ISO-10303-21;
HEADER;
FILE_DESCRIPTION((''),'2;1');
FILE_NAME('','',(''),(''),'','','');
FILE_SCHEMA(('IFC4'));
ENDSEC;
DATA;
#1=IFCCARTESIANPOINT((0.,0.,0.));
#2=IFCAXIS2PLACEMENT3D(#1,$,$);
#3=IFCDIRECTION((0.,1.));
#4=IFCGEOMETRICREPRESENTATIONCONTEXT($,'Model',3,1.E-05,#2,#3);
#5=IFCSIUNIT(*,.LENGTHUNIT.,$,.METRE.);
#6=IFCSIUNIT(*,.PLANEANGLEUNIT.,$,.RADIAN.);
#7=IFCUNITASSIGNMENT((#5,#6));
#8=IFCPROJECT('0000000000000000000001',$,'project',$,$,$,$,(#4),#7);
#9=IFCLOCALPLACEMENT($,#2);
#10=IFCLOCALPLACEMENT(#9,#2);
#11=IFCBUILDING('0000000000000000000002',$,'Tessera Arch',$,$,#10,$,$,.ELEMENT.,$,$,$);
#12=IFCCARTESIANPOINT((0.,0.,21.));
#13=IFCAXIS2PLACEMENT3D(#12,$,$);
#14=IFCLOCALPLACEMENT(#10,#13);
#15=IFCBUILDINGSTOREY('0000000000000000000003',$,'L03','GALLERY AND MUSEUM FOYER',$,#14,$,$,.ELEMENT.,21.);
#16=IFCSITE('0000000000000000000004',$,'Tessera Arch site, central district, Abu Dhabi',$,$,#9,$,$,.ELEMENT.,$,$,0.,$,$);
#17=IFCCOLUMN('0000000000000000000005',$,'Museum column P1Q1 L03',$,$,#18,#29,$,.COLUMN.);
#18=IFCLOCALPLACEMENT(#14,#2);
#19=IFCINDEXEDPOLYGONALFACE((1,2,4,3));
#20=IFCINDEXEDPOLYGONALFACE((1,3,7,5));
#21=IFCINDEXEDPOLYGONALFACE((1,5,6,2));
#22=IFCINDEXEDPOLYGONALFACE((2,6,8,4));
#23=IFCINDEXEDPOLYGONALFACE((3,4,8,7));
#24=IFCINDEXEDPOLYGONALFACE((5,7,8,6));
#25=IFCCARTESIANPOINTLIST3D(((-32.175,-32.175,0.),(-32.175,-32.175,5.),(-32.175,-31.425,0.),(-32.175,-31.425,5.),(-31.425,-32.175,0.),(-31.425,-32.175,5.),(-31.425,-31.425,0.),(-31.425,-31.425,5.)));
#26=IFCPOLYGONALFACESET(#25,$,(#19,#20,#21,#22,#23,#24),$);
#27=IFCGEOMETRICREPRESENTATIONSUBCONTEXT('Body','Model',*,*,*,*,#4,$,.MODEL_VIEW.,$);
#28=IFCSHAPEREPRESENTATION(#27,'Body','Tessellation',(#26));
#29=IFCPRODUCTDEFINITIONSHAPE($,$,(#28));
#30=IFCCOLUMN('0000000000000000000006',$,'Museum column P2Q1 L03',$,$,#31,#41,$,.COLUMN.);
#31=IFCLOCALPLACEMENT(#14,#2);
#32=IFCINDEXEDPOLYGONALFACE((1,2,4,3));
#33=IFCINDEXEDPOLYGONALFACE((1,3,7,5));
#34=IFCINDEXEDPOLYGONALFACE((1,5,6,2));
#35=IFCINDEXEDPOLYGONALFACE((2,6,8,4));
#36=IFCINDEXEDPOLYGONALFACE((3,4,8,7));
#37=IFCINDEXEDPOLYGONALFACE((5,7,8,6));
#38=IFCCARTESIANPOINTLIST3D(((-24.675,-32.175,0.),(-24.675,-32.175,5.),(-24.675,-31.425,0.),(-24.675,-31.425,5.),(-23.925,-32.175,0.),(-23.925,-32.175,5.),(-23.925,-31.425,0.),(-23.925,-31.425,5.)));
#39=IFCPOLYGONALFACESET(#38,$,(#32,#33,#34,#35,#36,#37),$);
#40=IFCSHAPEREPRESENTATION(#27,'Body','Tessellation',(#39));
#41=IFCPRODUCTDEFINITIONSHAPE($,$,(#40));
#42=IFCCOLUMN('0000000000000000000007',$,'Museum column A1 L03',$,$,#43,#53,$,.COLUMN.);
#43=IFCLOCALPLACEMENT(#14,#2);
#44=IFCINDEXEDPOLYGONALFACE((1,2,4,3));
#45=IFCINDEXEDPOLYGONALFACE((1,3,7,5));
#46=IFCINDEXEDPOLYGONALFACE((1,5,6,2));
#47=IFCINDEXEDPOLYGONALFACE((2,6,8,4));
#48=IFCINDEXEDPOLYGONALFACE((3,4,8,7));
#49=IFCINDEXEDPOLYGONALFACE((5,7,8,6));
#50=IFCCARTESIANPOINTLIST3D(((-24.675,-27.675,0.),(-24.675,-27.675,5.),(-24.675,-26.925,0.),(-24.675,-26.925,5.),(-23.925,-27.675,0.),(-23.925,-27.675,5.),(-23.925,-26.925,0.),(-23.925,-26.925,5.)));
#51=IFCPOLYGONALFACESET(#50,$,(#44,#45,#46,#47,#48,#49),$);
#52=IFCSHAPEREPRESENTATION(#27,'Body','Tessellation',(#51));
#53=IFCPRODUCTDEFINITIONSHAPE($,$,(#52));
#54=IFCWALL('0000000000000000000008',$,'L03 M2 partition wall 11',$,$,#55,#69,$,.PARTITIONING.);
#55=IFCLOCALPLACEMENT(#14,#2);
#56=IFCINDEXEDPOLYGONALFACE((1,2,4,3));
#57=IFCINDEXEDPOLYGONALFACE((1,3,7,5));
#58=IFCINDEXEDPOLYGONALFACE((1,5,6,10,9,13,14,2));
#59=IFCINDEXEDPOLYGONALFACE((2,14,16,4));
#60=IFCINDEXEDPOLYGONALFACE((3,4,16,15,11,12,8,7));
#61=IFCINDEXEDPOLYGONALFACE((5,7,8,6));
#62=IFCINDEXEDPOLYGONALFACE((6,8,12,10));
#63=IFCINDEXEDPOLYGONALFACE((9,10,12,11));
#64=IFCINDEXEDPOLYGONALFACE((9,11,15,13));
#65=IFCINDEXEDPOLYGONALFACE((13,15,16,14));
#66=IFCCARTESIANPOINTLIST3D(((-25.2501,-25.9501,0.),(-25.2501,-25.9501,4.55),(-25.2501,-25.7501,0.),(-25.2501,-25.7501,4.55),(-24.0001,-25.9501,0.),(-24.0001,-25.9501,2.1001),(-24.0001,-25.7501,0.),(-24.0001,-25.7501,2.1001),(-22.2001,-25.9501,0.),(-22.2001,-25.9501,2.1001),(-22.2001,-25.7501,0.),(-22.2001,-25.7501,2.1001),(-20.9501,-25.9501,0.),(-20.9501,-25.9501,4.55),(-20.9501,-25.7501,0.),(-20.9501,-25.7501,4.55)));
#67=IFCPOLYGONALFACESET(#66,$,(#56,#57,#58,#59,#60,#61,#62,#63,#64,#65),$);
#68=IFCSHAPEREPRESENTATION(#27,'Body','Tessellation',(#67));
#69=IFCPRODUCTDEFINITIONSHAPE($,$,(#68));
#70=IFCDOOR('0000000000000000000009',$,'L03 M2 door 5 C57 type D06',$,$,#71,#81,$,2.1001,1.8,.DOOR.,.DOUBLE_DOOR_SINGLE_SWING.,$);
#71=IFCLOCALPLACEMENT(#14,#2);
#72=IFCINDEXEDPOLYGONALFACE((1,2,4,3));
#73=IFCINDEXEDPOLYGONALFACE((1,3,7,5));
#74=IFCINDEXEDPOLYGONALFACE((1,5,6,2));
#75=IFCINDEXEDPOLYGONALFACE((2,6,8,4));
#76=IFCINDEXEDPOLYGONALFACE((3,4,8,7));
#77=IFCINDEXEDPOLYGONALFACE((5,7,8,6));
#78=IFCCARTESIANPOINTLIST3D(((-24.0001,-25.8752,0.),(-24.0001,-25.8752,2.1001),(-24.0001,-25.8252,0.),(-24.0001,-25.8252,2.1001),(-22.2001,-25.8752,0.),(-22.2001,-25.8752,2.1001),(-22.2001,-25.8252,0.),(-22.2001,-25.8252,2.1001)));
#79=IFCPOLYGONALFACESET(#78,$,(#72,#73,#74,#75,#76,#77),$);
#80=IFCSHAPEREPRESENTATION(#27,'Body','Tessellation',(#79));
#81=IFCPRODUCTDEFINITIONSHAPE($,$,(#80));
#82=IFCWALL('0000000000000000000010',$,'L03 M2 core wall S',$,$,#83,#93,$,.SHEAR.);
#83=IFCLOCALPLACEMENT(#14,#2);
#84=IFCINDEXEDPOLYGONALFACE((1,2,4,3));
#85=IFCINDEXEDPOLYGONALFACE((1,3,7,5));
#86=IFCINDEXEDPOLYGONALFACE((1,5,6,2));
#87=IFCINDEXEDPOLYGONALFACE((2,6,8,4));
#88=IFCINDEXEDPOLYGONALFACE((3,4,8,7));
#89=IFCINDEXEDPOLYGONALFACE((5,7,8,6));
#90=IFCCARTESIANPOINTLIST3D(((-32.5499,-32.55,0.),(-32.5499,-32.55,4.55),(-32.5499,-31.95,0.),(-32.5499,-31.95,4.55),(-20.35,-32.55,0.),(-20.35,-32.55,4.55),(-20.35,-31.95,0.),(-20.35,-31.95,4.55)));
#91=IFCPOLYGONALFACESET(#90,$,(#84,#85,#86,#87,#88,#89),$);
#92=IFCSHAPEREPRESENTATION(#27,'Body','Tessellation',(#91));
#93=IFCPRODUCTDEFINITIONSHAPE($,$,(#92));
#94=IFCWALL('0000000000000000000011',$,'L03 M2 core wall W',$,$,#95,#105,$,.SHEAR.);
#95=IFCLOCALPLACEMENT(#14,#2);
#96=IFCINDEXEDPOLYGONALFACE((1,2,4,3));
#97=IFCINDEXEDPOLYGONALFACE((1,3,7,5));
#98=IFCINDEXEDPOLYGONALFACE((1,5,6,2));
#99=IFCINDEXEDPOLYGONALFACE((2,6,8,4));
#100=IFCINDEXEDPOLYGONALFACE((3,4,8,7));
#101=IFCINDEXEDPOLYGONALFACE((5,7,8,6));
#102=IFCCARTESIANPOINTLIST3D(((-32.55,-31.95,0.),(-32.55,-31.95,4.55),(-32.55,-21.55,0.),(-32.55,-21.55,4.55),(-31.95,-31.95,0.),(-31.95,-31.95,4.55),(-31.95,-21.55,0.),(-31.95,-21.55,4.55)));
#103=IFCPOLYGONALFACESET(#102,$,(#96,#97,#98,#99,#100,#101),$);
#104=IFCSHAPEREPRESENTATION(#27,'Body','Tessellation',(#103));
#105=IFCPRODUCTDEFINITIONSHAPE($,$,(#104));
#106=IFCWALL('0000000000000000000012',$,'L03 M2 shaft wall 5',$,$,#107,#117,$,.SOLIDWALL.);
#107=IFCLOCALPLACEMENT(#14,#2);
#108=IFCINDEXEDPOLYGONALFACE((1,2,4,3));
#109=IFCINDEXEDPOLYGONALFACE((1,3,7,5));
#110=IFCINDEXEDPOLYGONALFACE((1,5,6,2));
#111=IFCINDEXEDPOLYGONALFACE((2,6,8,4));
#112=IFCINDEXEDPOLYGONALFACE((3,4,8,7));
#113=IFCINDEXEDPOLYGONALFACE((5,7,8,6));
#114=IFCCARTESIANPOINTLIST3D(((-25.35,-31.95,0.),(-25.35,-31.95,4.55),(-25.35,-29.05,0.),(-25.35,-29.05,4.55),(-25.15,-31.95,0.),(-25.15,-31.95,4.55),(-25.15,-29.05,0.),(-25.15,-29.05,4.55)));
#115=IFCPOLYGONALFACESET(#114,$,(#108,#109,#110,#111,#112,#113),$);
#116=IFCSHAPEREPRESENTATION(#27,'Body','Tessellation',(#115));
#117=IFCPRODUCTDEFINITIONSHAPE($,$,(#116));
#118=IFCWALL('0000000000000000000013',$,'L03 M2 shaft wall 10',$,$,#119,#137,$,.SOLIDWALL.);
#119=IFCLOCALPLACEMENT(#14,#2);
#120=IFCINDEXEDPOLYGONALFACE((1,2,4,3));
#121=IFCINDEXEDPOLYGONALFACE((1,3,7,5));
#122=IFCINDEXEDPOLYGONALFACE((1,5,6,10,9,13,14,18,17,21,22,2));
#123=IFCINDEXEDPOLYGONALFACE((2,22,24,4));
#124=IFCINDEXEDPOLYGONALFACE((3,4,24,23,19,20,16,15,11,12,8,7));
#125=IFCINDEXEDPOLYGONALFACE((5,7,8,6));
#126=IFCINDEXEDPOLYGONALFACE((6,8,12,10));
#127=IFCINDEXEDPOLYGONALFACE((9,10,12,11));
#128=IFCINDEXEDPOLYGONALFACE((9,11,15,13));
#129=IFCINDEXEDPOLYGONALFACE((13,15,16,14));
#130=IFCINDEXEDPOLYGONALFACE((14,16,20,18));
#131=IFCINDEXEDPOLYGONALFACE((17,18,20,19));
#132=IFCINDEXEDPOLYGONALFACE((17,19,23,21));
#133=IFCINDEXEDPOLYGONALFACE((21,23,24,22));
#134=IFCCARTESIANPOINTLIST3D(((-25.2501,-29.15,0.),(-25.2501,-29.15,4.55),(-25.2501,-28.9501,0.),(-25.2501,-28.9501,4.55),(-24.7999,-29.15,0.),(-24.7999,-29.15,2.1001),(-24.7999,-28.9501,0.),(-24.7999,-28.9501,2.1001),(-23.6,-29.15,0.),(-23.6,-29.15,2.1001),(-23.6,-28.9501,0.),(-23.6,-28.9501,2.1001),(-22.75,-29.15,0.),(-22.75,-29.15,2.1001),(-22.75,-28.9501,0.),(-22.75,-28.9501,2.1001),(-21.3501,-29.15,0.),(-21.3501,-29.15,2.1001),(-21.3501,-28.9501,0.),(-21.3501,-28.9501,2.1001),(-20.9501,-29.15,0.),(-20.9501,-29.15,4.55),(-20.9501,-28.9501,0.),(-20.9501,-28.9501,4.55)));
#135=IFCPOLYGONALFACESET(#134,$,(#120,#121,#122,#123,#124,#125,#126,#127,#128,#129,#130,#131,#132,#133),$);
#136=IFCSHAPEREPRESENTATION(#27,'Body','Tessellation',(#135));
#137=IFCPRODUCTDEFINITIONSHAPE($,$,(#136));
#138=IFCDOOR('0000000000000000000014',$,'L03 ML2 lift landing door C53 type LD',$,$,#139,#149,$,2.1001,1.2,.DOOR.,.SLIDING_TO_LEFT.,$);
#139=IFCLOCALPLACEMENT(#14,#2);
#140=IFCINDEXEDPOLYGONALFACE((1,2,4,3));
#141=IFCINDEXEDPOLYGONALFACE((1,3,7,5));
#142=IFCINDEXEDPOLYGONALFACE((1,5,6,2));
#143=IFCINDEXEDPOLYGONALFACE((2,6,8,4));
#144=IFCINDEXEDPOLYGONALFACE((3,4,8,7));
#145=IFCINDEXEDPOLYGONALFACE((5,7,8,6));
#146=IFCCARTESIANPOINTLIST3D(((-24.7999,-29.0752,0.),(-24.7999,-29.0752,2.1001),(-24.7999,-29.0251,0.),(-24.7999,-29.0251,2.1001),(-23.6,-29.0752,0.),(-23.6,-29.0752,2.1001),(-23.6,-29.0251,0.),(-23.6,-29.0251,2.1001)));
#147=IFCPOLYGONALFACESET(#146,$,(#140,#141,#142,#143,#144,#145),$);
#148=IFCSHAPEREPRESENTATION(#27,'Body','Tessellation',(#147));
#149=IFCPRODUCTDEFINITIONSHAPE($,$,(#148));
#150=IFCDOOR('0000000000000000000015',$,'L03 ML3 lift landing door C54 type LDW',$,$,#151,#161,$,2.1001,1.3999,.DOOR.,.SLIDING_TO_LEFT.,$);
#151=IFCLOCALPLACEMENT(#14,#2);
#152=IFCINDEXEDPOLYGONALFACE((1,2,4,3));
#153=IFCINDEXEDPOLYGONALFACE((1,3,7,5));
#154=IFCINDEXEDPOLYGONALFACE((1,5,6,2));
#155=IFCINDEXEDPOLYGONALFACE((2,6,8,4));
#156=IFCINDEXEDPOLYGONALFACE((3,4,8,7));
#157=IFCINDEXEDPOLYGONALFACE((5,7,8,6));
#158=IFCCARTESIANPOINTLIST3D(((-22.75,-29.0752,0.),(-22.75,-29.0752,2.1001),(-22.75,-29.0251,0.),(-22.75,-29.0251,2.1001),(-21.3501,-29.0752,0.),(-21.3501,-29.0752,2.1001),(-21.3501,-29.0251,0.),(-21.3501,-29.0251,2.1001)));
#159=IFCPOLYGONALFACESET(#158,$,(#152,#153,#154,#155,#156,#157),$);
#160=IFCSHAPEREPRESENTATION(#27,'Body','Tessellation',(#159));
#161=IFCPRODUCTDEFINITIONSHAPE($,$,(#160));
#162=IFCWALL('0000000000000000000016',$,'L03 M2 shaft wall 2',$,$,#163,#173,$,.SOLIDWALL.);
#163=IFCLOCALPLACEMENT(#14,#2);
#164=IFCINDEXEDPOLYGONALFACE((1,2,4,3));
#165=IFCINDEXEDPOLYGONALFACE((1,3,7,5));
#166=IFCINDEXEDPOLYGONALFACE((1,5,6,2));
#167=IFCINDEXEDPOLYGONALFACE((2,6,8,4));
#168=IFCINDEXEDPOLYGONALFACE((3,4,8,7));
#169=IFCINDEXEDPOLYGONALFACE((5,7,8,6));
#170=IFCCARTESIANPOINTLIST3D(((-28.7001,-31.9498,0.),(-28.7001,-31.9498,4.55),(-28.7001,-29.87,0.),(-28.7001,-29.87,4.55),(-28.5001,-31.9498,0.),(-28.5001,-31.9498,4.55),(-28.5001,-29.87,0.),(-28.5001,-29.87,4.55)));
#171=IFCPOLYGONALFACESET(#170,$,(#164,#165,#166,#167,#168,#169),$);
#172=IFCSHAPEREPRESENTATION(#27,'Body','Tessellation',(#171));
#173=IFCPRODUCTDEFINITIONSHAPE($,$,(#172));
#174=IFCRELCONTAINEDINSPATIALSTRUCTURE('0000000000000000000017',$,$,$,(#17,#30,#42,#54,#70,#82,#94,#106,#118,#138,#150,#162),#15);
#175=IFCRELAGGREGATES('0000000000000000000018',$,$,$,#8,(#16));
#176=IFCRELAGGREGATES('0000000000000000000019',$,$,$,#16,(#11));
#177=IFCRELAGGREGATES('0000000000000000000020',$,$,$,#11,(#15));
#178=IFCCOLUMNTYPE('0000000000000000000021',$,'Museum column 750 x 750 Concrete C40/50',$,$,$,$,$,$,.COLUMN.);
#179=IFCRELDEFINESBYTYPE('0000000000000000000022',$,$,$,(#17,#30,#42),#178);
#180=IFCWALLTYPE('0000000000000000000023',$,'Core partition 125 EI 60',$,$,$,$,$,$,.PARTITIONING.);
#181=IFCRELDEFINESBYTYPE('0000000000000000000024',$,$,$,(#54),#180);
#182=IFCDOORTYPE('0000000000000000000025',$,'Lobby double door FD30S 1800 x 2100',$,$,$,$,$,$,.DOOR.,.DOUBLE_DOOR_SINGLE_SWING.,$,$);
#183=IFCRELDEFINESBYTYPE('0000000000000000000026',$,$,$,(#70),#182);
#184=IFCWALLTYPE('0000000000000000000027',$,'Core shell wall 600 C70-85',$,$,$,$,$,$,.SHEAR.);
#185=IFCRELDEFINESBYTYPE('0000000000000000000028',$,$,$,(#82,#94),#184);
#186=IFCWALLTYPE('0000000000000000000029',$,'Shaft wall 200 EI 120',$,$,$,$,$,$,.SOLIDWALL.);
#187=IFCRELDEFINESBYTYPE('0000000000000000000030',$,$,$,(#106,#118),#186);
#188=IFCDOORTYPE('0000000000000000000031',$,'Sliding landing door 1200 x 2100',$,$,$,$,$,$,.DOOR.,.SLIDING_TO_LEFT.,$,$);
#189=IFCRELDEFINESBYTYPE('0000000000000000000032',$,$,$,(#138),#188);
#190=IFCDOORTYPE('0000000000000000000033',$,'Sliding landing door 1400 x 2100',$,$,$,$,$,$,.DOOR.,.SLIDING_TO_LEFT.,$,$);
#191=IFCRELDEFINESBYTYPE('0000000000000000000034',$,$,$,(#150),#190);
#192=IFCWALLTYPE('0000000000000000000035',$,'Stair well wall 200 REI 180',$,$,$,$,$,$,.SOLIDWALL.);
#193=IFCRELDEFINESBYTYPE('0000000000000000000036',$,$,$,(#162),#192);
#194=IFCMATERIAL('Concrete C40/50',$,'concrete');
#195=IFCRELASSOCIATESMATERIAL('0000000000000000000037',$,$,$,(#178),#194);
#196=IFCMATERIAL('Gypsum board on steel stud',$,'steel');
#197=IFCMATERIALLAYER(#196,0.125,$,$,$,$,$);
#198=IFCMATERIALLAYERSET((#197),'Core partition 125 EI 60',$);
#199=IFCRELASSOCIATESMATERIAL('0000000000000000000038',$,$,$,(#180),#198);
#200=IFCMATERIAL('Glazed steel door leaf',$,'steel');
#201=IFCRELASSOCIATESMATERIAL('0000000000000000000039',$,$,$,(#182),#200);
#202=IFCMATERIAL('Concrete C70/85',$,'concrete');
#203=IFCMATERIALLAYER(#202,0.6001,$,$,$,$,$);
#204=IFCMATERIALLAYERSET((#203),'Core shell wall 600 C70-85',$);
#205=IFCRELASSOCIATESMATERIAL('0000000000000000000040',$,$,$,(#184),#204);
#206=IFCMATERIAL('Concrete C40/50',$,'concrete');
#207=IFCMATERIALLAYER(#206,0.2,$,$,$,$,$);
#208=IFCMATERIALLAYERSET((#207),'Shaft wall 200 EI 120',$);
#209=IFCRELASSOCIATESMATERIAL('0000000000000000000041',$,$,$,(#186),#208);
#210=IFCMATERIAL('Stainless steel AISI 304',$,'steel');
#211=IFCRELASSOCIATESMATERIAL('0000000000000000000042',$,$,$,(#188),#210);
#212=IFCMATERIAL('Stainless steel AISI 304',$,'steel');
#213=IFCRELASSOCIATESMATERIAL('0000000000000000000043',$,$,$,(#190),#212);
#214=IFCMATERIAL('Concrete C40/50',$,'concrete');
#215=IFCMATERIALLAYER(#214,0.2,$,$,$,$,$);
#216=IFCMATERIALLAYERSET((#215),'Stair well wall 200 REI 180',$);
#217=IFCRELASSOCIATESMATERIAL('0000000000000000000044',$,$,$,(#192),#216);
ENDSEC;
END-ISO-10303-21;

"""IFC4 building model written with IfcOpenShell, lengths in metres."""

from ifc_helpers import new_model, si_unit, direction, frame, frame_2d, origin, origin_2d, place, context, subcontext, project, spatial, rectangle, extrude, material, layer, layer_set, material_profile, profile_set, type_object, element, fill, save


model = new_model("IFC4")

# Units and contexts
model_context = context("Model", 3, precision=1e-05, world=origin(), true_north=direction((0.0, 1.0)))
body_context = subcontext(model_context, "Body", "Model", "MODEL_VIEW")
ifc_project = project(units=[si_unit("LENGTHUNIT", "METRE"), si_unit("PLANEANGLEUNIT", "RADIAN")], contexts=[model_context])

# Site, building, storey
site_placement = place(None, origin())
site = spatial("IfcSite", under=ifc_project, at=site_placement, Name="Tessera Arch site, central district, Abu Dhabi", CompositionType="ELEMENT", RefElevation=0.0)
building_placement = place(site_placement, origin())
building = spatial("IfcBuilding", under=site, at=building_placement, Name="Tessera Arch", CompositionType="ELEMENT")
storey_placement = place(building_placement, frame((0.0, 0.0, 21.0)))
storey = spatial("IfcBuildingStorey", under=building, at=storey_placement, Name="L03", Description="GALLERY AND MUSEUM FOYER", CompositionType="ELEMENT", Elevation=21.0)

# Columns
ifc_material_1 = material(Name="Concrete C40/50", Category="concrete")
ifc_material_profile = material_profile(ifc_material_1, rectangle(XDim=0.75, YDim=0.75, at=origin_2d()), Name="Museum column 750 x 750 Concrete C40/50")
ifc_profile_set = profile_set([ifc_material_profile], Name="Concrete C40/50")
column_type = type_object("IfcColumnType", Name="Museum column 750 x 750 Concrete C40/50", PredefinedType="COLUMN", material=ifc_profile_set)
for number, where, z_axis, x_axis, name in (
    (1, (-31.8, -31.8, 0.0), (0.0, 0.0, 1.0), (1.0, 0.0, 0.0), "Museum column P1Q1 L03"),
    (2, (-24.3, -31.8, 0.0), (0.0, 0.0, 1.0), (1.0, 0.0, 0.0), "Museum column P2Q1 L03"),
    (3, (-24.3, -27.3, 0.0), (0.0, 0.0, 1.0), (1.0, 0.0, 0.0), "Museum column A1 L03"),
):
    element("IfcColumn", number, at=place(storey_placement, frame(where, z_axis=z_axis, x_axis=x_axis)), inside=storey, type_object=column_type, Name=name, PredefinedType="COLUMN", context=body_context, shape_type="SweptSolid", body=[
        extrude(rectangle(XDim=0.75, YDim=0.75, at=origin_2d()), origin(), (0.0, 0.0, 1.0), 5.0),
    ])

# Wall, opening, door
ifc_material_2 = material(Name="Gypsum board on steel stud", Category="steel")
ifc_layer_1 = layer(ifc_material_2, 0.125)
ifc_layer_set_1 = layer_set([ifc_layer_1], Name="Core partition 125 EI 60")
wall_type_1 = type_object("IfcWallType", Name="Core partition 125 EI 60", PredefinedType="PARTITIONING", material=ifc_layer_set_1)
wall_1_placement = place(storey_placement, frame((-25.25, -25.8501, 0.0), z_axis=(0.0, 0.0, 1.0), x_axis=(1.0, 0.0, 0.0)))
wall_1 = element("IfcWall", 4, at=wall_1_placement, inside=storey, type_object=wall_type_1, Name="L03 M2 partition wall 11", PredefinedType="PARTITIONING", context=body_context, shape_type="SweptSolid", body=[
    extrude(rectangle(XDim=4.3, YDim=0.2, at=frame_2d((2.1499, 0.0))), origin(), (0.0, 0.0, 1.0), 4.55),
])
opening_1_placement = place(wall_1_placement, frame((1.25, 0.0, 0.0)))
opening_1 = element("IfcOpeningElement", 5, at=opening_1_placement, cuts=wall_1, PredefinedType="OPENING", context=body_context, shape_type="SweptSolid", body=[
    extrude(rectangle(XDim=1.8, YDim=2.1001, at=frame_2d((0.8999, 1.05))), frame((0.0, 0.1099, 0.0), z_axis=(0.0, -1.0, 0.0), x_axis=(1.0, 0.0, 0.0)), (0.0, 0.0, 1.0), 0.22),
])
ifc_material_3 = material(Name="Glazed steel door leaf", Category="steel")
door_type_1 = type_object("IfcDoorType", Name="Lobby double door FD30S 1800 x 2100", OperationType="DOUBLE_DOOR_SINGLE_SWING", PredefinedType="DOOR", material=ifc_material_3)
door_1_placement = place(opening_1_placement, origin())
door_1 = element("IfcDoor", 6, at=door_1_placement, inside=storey, type_object=door_type_1, Name="L03 M2 door 5 C57 type D06", OperationType="DOUBLE_DOOR_SINGLE_SWING", OverallHeight=2.1001, OverallWidth=1.8, PredefinedType="DOOR", context=body_context, shape_type="SweptSolid", body=[
    extrude(rectangle(XDim=1.8, YDim=2.1001, at=frame_2d((0.8999, 1.05))), frame((0.0, 0.0249, 0.0), z_axis=(0.0, -1.0, 0.0), x_axis=(1.0, 0.0, 0.0)), (0.0, 0.0, 1.0), 0.05),
])
fill(opening_1, door_1)

# Walls
ifc_material_4 = material(Name="Concrete C70/85", Category="concrete")
ifc_layer_2 = layer(ifc_material_4, 0.6001)
ifc_layer_set_2 = layer_set([ifc_layer_2], Name="Core shell wall 600 C70-85")
wall_type_2 = type_object("IfcWallType", Name="Core shell wall 600 C70-85", PredefinedType="SHEAR", material=ifc_layer_set_2)
wall_2_placement = place(storey_placement, frame((-32.55, -32.25, 0.0), z_axis=(0.0, 0.0, 1.0), x_axis=(1.0, 0.0, 0.0)))
element("IfcWall", 7, at=wall_2_placement, inside=storey, type_object=wall_type_2, Name="L03 M2 core wall S", PredefinedType="SHEAR", context=body_context, shape_type="SweptSolid", body=[
    extrude(rectangle(XDim=12.2, YDim=0.6001, at=frame_2d((6.1001, 0.0))), origin(), (0.0, 0.0, 1.0), 4.55),
])
wall_3_placement = place(storey_placement, frame((-32.25, -31.95, 0.0), z_axis=(0.0, 0.0, 1.0), x_axis=(0.0, 1.0, 0.0)))
element("IfcWall", 8, at=wall_3_placement, inside=storey, type_object=wall_type_2, Name="L03 M2 core wall W", PredefinedType="SHEAR", context=body_context, shape_type="SweptSolid", body=[
    extrude(rectangle(XDim=10.3999, YDim=0.6001, at=frame_2d((5.2, 0.0))), origin(), (0.0, 0.0, 1.0), 4.55),
])
ifc_material_5 = material(Name="Concrete C40/50", Category="concrete")
ifc_layer_3 = layer(ifc_material_5, 0.2)
ifc_layer_set_3 = layer_set([ifc_layer_3], Name="Shaft wall 200 EI 120")
wall_type_3 = type_object("IfcWallType", Name="Shaft wall 200 EI 120", PredefinedType="SOLIDWALL", material=ifc_layer_set_3)
wall_4_placement = place(storey_placement, frame((-25.25, -31.95, 0.0), z_axis=(0.0, 0.0, 1.0), x_axis=(0.0, 1.0, 0.0)))
element("IfcWall", 9, at=wall_4_placement, inside=storey, type_object=wall_type_3, Name="L03 M2 shaft wall 5", PredefinedType="SOLIDWALL", context=body_context, shape_type="SweptSolid", body=[
    extrude(rectangle(XDim=2.8999, YDim=0.2, at=frame_2d((1.45, 0.0))), origin(), (0.0, 0.0, 1.0), 4.55),
])

# Wall, openings, doors
wall_5_placement = place(storey_placement, frame((-25.25, -29.05, 0.0), z_axis=(0.0, 0.0, 1.0), x_axis=(1.0, 0.0, 0.0)))
wall_5 = element("IfcWall", 10, at=wall_5_placement, inside=storey, type_object=wall_type_3, Name="L03 M2 shaft wall 10", PredefinedType="SOLIDWALL", context=body_context, shape_type="SweptSolid", body=[
    extrude(rectangle(XDim=4.3, YDim=0.2, at=frame_2d((2.1499, 0.0))), origin(), (0.0, 0.0, 1.0), 4.55),
])
opening_2_placement = place(wall_5_placement, frame((0.45, 0.0, 0.0)))
opening_2 = element("IfcOpeningElement", 11, at=opening_2_placement, cuts=wall_5, PredefinedType="OPENING", context=body_context, shape_type="SweptSolid", body=[
    extrude(rectangle(XDim=1.2, YDim=2.1001, at=frame_2d((0.6001, 1.05))), frame((0.0, 0.1099, 0.0), z_axis=(0.0, -1.0, 0.0), x_axis=(1.0, 0.0, 0.0)), (0.0, 0.0, 1.0), 0.22),
])
opening_3_placement = place(wall_5_placement, frame((2.5, 0.0, 0.0)))
opening_3 = element("IfcOpeningElement", 12, at=opening_3_placement, cuts=wall_5, PredefinedType="OPENING", context=body_context, shape_type="SweptSolid", body=[
    extrude(rectangle(XDim=1.3999, YDim=2.1001, at=frame_2d((0.7, 1.05))), frame((0.0, 0.1099, 0.0), z_axis=(0.0, -1.0, 0.0), x_axis=(1.0, 0.0, 0.0)), (0.0, 0.0, 1.0), 0.22),
])
ifc_material_6 = material(Name="Stainless steel AISI 304", Category="steel")
door_type_2 = type_object("IfcDoorType", Name="Sliding landing door 1200 x 2100", OperationType="SLIDING_TO_LEFT", PredefinedType="DOOR", material=ifc_material_6)
door_2_placement = place(opening_2_placement, origin())
door_2 = element("IfcDoor", 13, at=door_2_placement, inside=storey, type_object=door_type_2, Name="L03 ML2 lift landing door C53 type LD", OperationType="SLIDING_TO_LEFT", OverallHeight=2.1001, OverallWidth=1.2, PredefinedType="DOOR", context=body_context, shape_type="SweptSolid", body=[
    extrude(rectangle(XDim=1.2, YDim=2.1001, at=frame_2d((0.6001, 1.05))), frame((0.0, 0.0249, 0.0), z_axis=(0.0, -1.0, 0.0), x_axis=(1.0, 0.0, 0.0)), (0.0, 0.0, 1.0), 0.05),
])
fill(opening_2, door_2)
ifc_material_7 = material(Name="Stainless steel AISI 304", Category="steel")
door_type_3 = type_object("IfcDoorType", Name="Sliding landing door 1400 x 2100", OperationType="SLIDING_TO_LEFT", PredefinedType="DOOR", material=ifc_material_7)
door_3_placement = place(opening_3_placement, origin())
door_3 = element("IfcDoor", 14, at=door_3_placement, inside=storey, type_object=door_type_3, Name="L03 ML3 lift landing door C54 type LDW", OperationType="SLIDING_TO_LEFT", OverallHeight=2.1001, OverallWidth=1.3999, PredefinedType="DOOR", context=body_context, shape_type="SweptSolid", body=[
    extrude(rectangle(XDim=1.3999, YDim=2.1001, at=frame_2d((0.7, 1.05))), frame((0.0, 0.0249, 0.0), z_axis=(0.0, -1.0, 0.0), x_axis=(1.0, 0.0, 0.0)), (0.0, 0.0, 1.0), 0.05),
])
fill(opening_3, door_3)

# Wall
ifc_material_8 = material(Name="Concrete C40/50", Category="concrete")
ifc_layer_4 = layer(ifc_material_8, 0.2)
ifc_layer_set_4 = layer_set([ifc_layer_4], Name="Stair well wall 200 REI 180")
wall_type_4 = type_object("IfcWallType", Name="Stair well wall 200 REI 180", PredefinedType="SOLIDWALL", material=ifc_layer_set_4)
wall_6_placement = place(storey_placement, frame((-28.6001, -31.95, 0.0), z_axis=(0.0, 0.0, 1.0), x_axis=(0.0, 1.0, 0.0)))
element("IfcWall", 15, at=wall_6_placement, inside=storey, type_object=wall_type_4, Name="L03 M2 shaft wall 2", PredefinedType="SOLIDWALL", context=body_context, shape_type="SweptSolid", body=[
    extrude(rectangle(XDim=2.0798, YDim=0.2, at=frame_2d((1.04, 0.0))), origin(), (0.0, 0.0, 1.0), 4.55),
])

save(model, "model.ifc")
